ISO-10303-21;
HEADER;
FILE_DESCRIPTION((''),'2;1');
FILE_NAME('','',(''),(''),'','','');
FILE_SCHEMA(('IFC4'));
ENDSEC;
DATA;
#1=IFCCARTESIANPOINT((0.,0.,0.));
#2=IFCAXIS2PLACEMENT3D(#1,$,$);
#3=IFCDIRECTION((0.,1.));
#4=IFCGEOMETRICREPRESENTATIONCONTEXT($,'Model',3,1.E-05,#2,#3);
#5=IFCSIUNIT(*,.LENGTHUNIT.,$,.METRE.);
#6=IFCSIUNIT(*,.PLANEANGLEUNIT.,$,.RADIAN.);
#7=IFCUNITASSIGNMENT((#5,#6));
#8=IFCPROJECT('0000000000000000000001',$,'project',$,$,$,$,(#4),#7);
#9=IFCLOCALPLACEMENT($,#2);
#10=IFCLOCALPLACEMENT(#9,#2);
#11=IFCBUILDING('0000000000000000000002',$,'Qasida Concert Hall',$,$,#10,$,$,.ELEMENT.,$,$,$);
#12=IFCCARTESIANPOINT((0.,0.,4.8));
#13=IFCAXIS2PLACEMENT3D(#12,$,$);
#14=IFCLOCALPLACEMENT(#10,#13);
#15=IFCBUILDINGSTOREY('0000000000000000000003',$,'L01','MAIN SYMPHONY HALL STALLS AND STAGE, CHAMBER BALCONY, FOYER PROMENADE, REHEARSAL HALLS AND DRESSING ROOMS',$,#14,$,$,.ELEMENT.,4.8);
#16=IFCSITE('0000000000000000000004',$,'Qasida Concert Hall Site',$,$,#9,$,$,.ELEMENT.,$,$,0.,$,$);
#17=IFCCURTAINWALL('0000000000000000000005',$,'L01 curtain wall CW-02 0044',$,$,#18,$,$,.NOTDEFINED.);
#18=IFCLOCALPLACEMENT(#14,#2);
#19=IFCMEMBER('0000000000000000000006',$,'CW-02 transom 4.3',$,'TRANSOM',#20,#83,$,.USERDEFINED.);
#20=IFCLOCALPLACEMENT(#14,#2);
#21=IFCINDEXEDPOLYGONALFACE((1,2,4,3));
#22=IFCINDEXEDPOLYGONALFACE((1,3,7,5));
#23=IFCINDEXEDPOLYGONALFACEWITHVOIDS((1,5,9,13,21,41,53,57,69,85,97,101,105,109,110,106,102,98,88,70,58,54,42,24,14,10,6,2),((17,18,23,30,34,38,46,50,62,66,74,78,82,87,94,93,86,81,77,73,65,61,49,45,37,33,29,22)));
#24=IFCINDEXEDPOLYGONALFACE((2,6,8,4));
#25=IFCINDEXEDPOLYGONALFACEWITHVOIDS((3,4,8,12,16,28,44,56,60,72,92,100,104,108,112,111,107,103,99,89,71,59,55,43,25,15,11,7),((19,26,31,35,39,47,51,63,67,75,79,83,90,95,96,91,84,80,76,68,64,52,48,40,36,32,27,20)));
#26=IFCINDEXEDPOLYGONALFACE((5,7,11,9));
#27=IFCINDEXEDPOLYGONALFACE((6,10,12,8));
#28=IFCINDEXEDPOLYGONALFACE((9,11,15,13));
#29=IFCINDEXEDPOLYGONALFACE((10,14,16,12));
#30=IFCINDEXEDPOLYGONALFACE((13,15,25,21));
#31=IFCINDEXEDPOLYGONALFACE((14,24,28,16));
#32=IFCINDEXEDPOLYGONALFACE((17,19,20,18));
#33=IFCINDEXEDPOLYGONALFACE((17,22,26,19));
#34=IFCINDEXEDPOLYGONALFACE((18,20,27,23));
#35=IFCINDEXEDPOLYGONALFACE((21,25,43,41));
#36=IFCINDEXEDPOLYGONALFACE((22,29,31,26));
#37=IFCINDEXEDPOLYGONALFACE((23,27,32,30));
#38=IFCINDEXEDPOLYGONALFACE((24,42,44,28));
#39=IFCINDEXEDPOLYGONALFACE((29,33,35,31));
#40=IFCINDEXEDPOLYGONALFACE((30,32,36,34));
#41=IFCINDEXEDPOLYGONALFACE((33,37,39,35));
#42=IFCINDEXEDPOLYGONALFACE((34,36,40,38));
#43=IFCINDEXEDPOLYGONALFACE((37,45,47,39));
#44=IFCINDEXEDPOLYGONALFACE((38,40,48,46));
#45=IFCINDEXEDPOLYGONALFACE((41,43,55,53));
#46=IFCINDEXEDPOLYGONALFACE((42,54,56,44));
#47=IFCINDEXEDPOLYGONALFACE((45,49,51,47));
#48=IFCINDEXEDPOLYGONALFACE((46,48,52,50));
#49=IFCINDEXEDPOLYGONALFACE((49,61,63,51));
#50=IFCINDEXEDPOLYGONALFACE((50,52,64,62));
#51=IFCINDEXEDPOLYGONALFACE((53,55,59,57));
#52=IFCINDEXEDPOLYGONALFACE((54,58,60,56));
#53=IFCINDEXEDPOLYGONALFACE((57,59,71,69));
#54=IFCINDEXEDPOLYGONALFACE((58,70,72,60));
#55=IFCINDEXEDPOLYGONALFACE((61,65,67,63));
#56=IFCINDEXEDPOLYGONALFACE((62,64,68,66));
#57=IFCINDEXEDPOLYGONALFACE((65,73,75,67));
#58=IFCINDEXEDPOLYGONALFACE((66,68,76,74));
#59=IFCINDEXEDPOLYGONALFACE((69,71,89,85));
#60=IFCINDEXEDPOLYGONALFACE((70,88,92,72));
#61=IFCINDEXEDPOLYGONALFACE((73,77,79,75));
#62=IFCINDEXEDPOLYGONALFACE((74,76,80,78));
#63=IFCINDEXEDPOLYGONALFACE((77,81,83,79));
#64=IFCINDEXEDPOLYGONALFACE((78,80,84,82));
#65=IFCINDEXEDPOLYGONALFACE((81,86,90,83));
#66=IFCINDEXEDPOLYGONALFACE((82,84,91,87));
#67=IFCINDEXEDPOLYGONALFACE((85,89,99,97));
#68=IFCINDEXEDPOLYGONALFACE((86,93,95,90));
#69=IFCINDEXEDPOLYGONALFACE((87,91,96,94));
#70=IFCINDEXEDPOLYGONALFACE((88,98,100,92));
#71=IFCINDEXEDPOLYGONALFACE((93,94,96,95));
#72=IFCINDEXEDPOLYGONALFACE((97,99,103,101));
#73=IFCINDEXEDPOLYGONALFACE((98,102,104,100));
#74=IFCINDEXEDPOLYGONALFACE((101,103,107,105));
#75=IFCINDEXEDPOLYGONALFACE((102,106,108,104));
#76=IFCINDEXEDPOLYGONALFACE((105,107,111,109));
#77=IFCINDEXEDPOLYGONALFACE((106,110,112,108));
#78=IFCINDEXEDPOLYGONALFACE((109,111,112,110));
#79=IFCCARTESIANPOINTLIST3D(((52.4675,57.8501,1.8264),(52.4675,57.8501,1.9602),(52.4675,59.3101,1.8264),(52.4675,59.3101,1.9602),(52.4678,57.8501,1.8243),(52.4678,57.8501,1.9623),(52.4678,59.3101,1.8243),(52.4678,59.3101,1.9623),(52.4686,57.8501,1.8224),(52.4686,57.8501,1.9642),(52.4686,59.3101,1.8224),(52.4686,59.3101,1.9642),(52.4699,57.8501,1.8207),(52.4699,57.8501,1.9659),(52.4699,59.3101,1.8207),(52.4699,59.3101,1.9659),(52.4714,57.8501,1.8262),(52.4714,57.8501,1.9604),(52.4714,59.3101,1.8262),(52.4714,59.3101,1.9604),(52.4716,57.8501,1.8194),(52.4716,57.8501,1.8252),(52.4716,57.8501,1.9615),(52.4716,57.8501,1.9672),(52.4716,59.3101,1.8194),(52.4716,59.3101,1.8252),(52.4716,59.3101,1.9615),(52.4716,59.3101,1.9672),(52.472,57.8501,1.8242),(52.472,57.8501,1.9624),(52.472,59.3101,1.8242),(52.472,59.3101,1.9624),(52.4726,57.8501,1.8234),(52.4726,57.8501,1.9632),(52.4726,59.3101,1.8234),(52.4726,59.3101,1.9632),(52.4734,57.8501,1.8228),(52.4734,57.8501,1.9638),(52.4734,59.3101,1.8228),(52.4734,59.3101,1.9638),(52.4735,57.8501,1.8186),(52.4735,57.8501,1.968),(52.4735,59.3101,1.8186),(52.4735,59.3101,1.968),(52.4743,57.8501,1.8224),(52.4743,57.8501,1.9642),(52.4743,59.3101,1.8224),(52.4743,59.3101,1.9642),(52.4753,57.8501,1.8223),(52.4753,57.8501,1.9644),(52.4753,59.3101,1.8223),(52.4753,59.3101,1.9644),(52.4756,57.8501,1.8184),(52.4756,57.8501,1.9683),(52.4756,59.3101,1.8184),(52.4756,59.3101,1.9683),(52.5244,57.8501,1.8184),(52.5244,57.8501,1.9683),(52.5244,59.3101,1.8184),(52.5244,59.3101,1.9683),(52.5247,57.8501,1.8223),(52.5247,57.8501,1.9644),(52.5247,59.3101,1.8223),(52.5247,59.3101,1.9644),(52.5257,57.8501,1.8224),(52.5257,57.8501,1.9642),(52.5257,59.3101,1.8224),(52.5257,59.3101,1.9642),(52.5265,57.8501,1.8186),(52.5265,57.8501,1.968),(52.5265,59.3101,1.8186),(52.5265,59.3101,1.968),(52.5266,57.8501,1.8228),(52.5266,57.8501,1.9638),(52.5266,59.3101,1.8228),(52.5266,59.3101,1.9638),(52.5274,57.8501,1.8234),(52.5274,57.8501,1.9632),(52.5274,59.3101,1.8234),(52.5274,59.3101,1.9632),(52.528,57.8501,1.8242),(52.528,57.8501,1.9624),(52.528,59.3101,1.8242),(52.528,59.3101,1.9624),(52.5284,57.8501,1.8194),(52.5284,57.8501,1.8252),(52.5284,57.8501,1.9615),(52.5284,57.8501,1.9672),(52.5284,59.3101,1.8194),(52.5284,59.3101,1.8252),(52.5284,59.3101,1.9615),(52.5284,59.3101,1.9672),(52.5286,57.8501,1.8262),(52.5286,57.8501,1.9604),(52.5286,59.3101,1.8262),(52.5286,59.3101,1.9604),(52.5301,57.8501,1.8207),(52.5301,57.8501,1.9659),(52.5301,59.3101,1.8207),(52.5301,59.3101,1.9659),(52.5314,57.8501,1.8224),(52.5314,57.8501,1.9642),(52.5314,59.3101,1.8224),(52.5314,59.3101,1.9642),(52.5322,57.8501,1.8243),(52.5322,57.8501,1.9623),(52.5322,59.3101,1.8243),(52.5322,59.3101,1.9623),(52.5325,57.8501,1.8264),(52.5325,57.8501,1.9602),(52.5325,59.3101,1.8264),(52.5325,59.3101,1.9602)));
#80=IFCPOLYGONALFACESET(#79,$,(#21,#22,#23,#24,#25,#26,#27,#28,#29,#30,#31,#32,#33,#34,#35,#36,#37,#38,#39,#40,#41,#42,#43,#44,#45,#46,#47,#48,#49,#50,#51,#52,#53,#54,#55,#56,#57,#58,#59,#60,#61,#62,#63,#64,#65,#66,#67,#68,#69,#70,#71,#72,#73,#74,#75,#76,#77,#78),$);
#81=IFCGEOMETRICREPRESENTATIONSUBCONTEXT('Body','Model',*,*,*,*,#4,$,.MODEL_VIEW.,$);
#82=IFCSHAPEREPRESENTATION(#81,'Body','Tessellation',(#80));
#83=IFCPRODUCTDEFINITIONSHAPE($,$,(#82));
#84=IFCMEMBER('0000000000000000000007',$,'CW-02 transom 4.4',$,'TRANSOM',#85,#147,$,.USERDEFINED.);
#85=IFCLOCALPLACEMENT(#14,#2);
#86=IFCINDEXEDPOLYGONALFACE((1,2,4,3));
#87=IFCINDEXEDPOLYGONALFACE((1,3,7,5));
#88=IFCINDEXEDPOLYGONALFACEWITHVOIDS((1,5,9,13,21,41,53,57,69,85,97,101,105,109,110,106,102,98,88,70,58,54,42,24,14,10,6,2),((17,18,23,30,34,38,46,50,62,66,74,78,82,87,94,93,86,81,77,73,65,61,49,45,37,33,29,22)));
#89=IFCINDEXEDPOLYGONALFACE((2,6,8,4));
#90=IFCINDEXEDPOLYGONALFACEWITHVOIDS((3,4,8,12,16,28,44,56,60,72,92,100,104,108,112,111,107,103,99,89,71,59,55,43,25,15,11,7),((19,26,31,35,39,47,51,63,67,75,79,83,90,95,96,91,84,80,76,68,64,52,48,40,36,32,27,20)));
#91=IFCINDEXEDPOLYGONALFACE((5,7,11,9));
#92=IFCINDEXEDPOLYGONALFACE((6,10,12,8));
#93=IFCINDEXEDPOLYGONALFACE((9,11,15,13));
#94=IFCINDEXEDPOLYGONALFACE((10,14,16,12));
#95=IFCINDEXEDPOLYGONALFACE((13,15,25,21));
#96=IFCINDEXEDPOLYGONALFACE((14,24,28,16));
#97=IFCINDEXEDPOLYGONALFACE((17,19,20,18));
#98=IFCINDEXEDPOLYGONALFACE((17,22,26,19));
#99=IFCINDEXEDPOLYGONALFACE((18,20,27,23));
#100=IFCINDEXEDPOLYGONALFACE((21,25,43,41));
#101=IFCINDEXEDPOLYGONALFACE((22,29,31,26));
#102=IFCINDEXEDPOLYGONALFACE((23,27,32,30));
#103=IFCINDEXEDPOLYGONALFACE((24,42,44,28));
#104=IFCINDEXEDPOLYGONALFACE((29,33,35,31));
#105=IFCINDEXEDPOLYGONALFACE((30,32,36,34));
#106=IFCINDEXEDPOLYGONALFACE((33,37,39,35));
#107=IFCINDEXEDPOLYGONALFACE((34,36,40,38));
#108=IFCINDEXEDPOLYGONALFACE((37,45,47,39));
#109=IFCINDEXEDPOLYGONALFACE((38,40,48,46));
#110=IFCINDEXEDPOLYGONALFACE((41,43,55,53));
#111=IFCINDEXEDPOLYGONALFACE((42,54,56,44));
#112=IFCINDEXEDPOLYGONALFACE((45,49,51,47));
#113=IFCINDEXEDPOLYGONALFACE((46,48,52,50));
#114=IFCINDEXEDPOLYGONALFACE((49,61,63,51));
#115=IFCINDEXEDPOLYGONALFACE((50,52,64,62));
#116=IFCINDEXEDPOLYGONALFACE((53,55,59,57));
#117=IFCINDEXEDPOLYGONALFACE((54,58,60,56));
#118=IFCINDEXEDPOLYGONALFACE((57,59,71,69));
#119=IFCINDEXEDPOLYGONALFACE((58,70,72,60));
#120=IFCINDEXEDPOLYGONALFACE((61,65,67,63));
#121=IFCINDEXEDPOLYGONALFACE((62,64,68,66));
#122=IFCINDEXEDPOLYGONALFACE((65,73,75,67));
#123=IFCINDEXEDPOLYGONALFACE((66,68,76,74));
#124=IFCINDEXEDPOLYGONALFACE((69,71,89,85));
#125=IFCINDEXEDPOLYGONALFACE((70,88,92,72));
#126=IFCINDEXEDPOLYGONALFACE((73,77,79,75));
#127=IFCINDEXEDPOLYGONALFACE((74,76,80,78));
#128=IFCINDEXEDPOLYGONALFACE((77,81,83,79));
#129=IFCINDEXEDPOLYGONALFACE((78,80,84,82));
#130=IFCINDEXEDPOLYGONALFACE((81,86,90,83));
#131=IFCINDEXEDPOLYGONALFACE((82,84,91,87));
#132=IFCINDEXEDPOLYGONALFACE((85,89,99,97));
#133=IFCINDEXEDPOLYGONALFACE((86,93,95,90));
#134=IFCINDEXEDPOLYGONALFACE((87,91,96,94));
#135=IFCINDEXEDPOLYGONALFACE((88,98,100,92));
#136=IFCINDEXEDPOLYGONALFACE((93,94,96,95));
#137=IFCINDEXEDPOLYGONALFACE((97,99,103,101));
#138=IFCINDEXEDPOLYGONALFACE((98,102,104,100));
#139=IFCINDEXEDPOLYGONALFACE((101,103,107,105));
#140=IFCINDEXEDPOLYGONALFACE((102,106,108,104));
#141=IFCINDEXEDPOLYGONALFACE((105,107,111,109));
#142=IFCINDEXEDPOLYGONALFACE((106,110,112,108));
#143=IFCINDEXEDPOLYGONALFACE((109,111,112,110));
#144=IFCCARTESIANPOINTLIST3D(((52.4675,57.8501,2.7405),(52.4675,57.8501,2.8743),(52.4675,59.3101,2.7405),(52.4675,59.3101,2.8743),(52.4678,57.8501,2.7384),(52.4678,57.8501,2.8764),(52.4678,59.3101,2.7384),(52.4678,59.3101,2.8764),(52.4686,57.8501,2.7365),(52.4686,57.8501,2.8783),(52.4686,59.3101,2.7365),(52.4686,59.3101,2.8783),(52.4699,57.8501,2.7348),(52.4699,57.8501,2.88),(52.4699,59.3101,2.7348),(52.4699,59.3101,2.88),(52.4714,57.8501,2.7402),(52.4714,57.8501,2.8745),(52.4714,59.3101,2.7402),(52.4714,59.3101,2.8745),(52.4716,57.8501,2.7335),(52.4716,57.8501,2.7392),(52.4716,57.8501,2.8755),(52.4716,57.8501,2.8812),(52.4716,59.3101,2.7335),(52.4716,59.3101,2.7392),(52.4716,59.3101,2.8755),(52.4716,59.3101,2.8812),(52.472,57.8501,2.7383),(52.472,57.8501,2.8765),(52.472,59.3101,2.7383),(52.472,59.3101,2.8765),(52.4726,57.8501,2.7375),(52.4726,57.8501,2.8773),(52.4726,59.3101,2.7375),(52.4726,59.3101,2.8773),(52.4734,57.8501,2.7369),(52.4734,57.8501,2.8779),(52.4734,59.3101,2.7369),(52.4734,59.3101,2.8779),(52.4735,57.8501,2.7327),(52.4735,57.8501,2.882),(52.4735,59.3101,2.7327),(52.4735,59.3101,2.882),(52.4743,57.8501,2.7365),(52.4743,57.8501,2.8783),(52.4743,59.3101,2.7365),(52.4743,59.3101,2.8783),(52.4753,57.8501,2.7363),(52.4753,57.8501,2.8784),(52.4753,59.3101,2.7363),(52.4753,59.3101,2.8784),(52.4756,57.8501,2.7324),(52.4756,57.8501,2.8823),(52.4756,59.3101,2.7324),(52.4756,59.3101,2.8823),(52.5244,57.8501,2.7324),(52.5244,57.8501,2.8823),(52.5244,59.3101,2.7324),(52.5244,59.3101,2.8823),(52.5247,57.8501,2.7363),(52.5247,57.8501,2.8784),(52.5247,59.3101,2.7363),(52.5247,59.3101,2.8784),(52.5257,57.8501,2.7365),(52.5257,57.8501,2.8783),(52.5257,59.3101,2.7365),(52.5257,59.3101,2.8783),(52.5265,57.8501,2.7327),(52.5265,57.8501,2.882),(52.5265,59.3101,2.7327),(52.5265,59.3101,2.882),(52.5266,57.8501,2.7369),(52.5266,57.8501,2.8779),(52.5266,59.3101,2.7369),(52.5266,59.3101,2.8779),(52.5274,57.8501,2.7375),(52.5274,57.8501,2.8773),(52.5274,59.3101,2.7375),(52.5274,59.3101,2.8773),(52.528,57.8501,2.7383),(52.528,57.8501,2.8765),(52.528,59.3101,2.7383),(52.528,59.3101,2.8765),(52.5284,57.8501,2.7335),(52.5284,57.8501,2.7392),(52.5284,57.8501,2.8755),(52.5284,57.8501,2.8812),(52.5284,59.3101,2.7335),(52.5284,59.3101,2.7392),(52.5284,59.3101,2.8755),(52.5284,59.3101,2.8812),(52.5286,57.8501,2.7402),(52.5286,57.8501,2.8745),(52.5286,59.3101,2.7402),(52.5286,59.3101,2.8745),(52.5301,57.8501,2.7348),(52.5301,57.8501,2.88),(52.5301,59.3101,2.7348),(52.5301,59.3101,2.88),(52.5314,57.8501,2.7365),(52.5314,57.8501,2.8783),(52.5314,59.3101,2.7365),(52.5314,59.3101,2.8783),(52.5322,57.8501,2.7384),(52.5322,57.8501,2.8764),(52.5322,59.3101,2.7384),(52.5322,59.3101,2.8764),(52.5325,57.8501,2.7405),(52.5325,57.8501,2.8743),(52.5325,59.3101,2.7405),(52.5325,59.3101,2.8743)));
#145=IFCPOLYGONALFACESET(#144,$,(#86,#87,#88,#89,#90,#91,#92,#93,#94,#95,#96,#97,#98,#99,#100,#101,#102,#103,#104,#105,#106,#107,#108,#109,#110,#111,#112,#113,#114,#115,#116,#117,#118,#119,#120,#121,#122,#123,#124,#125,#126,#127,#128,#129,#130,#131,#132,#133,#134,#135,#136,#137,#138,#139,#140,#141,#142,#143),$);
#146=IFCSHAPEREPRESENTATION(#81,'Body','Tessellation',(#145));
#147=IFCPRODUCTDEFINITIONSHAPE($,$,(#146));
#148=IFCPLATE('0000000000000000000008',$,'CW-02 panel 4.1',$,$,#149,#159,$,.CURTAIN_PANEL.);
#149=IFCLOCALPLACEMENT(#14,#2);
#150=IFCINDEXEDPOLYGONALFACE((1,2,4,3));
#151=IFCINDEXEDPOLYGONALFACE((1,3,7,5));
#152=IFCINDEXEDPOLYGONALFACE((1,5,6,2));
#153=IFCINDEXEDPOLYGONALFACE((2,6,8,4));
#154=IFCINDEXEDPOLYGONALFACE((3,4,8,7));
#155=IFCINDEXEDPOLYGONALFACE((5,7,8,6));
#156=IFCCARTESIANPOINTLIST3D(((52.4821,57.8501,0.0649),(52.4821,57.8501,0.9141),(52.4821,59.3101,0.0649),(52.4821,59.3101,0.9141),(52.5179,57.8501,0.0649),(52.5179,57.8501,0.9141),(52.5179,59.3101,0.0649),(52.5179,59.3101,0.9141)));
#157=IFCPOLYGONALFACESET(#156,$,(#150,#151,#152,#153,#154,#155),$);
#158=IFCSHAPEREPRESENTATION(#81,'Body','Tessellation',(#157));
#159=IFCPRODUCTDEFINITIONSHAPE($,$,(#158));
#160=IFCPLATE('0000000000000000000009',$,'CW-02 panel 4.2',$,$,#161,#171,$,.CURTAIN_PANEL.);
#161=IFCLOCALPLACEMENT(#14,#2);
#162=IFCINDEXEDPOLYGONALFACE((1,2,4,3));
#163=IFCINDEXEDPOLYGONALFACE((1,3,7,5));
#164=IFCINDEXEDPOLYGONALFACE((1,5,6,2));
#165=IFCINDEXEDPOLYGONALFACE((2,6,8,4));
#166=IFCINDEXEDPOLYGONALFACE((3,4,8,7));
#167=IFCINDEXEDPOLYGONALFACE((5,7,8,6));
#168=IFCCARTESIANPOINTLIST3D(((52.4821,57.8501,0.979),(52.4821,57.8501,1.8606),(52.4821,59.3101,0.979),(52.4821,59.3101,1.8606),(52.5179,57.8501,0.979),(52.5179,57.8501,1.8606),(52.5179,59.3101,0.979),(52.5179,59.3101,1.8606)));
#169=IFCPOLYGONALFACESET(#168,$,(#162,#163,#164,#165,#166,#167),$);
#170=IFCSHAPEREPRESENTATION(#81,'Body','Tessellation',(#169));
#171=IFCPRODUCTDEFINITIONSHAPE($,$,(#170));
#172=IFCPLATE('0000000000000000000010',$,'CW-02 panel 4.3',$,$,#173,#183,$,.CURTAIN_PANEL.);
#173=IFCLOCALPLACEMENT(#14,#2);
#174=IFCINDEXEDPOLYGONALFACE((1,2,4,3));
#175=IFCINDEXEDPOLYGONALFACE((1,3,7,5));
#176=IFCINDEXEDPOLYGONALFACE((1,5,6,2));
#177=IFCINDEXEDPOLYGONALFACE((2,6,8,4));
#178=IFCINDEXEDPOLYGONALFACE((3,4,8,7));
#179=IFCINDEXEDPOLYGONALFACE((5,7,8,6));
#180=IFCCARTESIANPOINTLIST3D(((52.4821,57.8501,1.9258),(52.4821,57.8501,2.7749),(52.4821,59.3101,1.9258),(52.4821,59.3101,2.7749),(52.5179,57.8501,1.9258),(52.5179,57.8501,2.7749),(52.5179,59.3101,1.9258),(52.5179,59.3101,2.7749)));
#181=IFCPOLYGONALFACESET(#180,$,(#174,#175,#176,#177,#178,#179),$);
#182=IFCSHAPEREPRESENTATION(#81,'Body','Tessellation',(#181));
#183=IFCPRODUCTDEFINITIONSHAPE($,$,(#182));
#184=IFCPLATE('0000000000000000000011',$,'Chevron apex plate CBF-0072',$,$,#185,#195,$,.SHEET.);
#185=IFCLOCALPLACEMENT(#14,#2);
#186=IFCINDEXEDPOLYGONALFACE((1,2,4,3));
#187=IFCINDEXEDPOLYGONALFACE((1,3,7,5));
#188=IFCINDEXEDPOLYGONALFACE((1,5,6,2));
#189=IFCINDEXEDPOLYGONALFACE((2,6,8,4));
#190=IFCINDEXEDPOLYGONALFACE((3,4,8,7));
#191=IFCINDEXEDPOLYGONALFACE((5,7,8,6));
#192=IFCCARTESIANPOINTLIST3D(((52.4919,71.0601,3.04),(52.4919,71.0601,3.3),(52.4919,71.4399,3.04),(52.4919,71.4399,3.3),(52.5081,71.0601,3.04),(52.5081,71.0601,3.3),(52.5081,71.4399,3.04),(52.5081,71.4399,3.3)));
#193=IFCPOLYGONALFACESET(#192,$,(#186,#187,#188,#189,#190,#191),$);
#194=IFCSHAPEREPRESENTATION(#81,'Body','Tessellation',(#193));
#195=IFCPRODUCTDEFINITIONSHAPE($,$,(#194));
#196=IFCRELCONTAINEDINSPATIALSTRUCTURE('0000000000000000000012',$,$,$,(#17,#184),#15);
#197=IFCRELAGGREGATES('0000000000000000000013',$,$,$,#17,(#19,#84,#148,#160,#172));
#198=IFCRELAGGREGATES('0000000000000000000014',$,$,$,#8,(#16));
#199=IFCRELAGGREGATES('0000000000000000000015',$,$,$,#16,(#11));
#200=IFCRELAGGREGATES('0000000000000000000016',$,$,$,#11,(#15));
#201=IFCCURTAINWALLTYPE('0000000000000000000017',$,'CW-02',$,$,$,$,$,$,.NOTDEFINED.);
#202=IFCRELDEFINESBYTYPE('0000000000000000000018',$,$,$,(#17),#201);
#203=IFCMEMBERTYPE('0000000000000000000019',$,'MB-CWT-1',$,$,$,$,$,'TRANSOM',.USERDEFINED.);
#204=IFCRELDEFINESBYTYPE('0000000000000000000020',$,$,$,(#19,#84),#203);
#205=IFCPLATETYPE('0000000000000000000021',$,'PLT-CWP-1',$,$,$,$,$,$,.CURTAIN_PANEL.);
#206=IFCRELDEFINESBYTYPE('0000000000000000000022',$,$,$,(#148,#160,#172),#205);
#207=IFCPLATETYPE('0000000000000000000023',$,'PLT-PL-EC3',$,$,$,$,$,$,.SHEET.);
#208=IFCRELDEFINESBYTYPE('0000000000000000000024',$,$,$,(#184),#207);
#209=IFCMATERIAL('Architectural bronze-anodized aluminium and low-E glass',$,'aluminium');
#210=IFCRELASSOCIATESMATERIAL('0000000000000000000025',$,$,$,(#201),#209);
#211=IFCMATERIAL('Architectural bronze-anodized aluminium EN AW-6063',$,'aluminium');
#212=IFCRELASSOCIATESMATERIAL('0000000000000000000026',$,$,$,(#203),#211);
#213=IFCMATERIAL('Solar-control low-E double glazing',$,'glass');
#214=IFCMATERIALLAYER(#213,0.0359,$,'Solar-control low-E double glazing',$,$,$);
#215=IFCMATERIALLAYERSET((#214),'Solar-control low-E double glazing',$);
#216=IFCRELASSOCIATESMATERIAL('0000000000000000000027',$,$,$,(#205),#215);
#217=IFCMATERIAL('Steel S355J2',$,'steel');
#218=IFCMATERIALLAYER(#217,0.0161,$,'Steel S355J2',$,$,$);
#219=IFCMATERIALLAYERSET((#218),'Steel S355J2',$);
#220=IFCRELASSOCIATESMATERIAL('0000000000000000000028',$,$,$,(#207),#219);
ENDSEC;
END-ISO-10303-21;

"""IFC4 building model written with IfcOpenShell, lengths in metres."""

from ifc_helpers import new_model, si_unit, direction, frame, origin, origin_2d, place, context, subcontext, project, spatial, rectangle, hollow_rectangle, extrude, material, layer, layer_set, material_profile, profile_set, type_object, element, aggregate, save


model = new_model("IFC4")

# Units and contexts
model_context = context("Model", 3, precision=1e-05, world=origin(), true_north=direction((0.0, 1.0)))
body_context = subcontext(model_context, "Body", "Model", "MODEL_VIEW")
ifc_project = project(units=[si_unit("LENGTHUNIT", "METRE"), si_unit("PLANEANGLEUNIT", "RADIAN")], contexts=[model_context])

# Site, building, storey
site_placement = place(None, origin())
site = spatial("IfcSite", under=ifc_project, at=site_placement, Name="Qasida Concert Hall Site", CompositionType="ELEMENT", RefElevation=0.0)
building_placement = place(site_placement, origin())
building = spatial("IfcBuilding", under=site, at=building_placement, Name="Qasida Concert Hall", CompositionType="ELEMENT")
storey_placement = place(building_placement, frame((0.0, 0.0, 4.8)))
storey = spatial("IfcBuildingStorey", under=building, at=storey_placement, Name="L01", Description="MAIN SYMPHONY HALL STALLS AND STAGE, CHAMBER BALCONY, FOYER PROMENADE, REHEARSAL HALLS AND DRESSING ROOMS", CompositionType="ELEMENT", Elevation=4.8)

# Shared definitions
ifc_material_1 = material(Name="Steel S355J2", Category="steel")

# Curtain wall, members, plates
ifc_material_2 = material(Name="Architectural bronze-anodized aluminium and low-E glass", Category="aluminium")
curtain_wall_type = type_object("IfcCurtainWallType", Name="CW-02", PredefinedType="NOTDEFINED", material=ifc_material_2)
curtain_wall_placement = place(storey_placement, origin())
curtain_wall = element("IfcCurtainWall", 1, at=curtain_wall_placement, inside=storey, type_object=curtain_wall_type, Name="L01 curtain wall CW-02 0044", PredefinedType="NOTDEFINED")
ifc_material_3 = material(Name="Architectural bronze-anodized aluminium EN AW-6063", Category="aluminium")
ifc_material_profile_1 = material_profile(ifc_material_3, hollow_rectangle(XDim=0.0649, YDim=0.1499, WallThickness=0.0039, InnerFilletRadius=0.0039, OuterFilletRadius=0.0081, at=origin_2d()), Name="CWT 150x65x4")
ifc_profile_set_1 = profile_set([ifc_material_profile_1], Name="Architectural bronze-anodized aluminium EN AW-6063")
member_type_1 = type_object("IfcMemberType", Name="MB-CWT-1", ElementType="TRANSOM", PredefinedType="USERDEFINED", material=ifc_profile_set_1)
member_1_placement = place(storey_placement, frame((52.5, 57.8501, 1.8933), z_axis=(0.0, 1.0, 0.0), x_axis=(-1.0, 0.0, 0.0)))
member_1 = element("IfcMember", 2, at=member_1_placement, type_object=member_type_1, Name="CW-02 transom 4.3", ObjectType="TRANSOM", PredefinedType="USERDEFINED", context=body_context, shape_type="SweptSolid", body=[
    extrude(hollow_rectangle(XDim=0.0649, YDim=0.1499, WallThickness=0.0039, InnerFilletRadius=0.0039, OuterFilletRadius=0.0081, at=origin_2d()), origin(), (0.0, 0.0, 1.0), 1.46),
])
member_2_placement = place(storey_placement, frame((52.5, 57.8501, 2.8074), z_axis=(0.0, 1.0, 0.0), x_axis=(-1.0, 0.0, 0.0)))
member_2 = element("IfcMember", 3, at=member_2_placement, type_object=member_type_1, Name="CW-02 transom 4.4", ObjectType="TRANSOM", PredefinedType="USERDEFINED", context=body_context, shape_type="SweptSolid", body=[
    extrude(hollow_rectangle(XDim=0.0649, YDim=0.1499, WallThickness=0.0039, InnerFilletRadius=0.0039, OuterFilletRadius=0.0081, at=origin_2d()), origin(), (0.0, 0.0, 1.0), 1.46),
])
ifc_material_4 = material(Name="Solar-control low-E double glazing", Category="glass")
ifc_layer_1 = layer(ifc_material_4, 0.0359, Name="Solar-control low-E double glazing")
ifc_layer_set_1 = layer_set([ifc_layer_1], Name="Solar-control low-E double glazing")
plate_type_1 = type_object("IfcPlateType", Name="PLT-CWP-1", PredefinedType="CURTAIN_PANEL", material=ifc_layer_set_1)
plate_1_placement = place(storey_placement, frame((52.5, 58.5801, 0.0649), z_axis=(0.0, 0.0, 1.0), x_axis=(0.0, 1.0, 0.0)))
plate_1 = element("IfcPlate", 4, at=plate_1_placement, type_object=plate_type_1, Name="CW-02 panel 4.1", PredefinedType="CURTAIN_PANEL", context=body_context, shape_type="SweptSolid", body=[
    extrude(rectangle(XDim=1.46, YDim=0.0359, at=origin_2d()), origin(), (0.0, 0.0, 1.0), 0.8491),
])
plate_2_placement = place(storey_placement, frame((52.5, 58.5801, 0.979), z_axis=(0.0, 0.0, 1.0), x_axis=(0.0, 1.0, 0.0)))
plate_2 = element("IfcPlate", 5, at=plate_2_placement, type_object=plate_type_1, Name="CW-02 panel 4.2", PredefinedType="CURTAIN_PANEL", context=body_context, shape_type="SweptSolid", body=[
    extrude(rectangle(XDim=1.46, YDim=0.0359, at=origin_2d()), origin(), (0.0, 0.0, 1.0), 0.8816),
])
plate_3_placement = place(storey_placement, frame((52.5, 58.5801, 1.9258), z_axis=(0.0, 0.0, 1.0), x_axis=(0.0, 1.0, 0.0)))
plate_3 = element("IfcPlate", 6, at=plate_3_placement, type_object=plate_type_1, Name="CW-02 panel 4.3", PredefinedType="CURTAIN_PANEL", context=body_context, shape_type="SweptSolid", body=[
    extrude(rectangle(XDim=1.46, YDim=0.0359, at=origin_2d()), origin(), (0.0, 0.0, 1.0), 0.8491),
])
aggregate(curtain_wall, [member_1, member_2, plate_1, plate_2, plate_3])

# Plate
ifc_layer_2 = layer(ifc_material_1, 0.0161, Name="Steel S355J2")
ifc_layer_set_2 = layer_set([ifc_layer_2], Name="Steel S355J2")
plate_type_2 = type_object("IfcPlateType", Name="PLT-PL-EC3", PredefinedType="SHEET", material=ifc_layer_set_2)
plate_4_placement = place(storey_placement, frame((52.5, 71.25, 3.04), z_axis=(0.0, 0.0, 1.0), x_axis=(0.0, 1.0, 0.0)))
element("IfcPlate", 7, at=plate_4_placement, inside=storey, type_object=plate_type_2, Name="Chevron apex plate CBF-0072", PredefinedType="SHEET", context=body_context, shape_type="SweptSolid", body=[
    extrude(rectangle(XDim=0.3799, YDim=0.0161, at=origin_2d()), origin(), (0.0, 0.0, 1.0), 0.26),
])

save(model, "model.ifc")
